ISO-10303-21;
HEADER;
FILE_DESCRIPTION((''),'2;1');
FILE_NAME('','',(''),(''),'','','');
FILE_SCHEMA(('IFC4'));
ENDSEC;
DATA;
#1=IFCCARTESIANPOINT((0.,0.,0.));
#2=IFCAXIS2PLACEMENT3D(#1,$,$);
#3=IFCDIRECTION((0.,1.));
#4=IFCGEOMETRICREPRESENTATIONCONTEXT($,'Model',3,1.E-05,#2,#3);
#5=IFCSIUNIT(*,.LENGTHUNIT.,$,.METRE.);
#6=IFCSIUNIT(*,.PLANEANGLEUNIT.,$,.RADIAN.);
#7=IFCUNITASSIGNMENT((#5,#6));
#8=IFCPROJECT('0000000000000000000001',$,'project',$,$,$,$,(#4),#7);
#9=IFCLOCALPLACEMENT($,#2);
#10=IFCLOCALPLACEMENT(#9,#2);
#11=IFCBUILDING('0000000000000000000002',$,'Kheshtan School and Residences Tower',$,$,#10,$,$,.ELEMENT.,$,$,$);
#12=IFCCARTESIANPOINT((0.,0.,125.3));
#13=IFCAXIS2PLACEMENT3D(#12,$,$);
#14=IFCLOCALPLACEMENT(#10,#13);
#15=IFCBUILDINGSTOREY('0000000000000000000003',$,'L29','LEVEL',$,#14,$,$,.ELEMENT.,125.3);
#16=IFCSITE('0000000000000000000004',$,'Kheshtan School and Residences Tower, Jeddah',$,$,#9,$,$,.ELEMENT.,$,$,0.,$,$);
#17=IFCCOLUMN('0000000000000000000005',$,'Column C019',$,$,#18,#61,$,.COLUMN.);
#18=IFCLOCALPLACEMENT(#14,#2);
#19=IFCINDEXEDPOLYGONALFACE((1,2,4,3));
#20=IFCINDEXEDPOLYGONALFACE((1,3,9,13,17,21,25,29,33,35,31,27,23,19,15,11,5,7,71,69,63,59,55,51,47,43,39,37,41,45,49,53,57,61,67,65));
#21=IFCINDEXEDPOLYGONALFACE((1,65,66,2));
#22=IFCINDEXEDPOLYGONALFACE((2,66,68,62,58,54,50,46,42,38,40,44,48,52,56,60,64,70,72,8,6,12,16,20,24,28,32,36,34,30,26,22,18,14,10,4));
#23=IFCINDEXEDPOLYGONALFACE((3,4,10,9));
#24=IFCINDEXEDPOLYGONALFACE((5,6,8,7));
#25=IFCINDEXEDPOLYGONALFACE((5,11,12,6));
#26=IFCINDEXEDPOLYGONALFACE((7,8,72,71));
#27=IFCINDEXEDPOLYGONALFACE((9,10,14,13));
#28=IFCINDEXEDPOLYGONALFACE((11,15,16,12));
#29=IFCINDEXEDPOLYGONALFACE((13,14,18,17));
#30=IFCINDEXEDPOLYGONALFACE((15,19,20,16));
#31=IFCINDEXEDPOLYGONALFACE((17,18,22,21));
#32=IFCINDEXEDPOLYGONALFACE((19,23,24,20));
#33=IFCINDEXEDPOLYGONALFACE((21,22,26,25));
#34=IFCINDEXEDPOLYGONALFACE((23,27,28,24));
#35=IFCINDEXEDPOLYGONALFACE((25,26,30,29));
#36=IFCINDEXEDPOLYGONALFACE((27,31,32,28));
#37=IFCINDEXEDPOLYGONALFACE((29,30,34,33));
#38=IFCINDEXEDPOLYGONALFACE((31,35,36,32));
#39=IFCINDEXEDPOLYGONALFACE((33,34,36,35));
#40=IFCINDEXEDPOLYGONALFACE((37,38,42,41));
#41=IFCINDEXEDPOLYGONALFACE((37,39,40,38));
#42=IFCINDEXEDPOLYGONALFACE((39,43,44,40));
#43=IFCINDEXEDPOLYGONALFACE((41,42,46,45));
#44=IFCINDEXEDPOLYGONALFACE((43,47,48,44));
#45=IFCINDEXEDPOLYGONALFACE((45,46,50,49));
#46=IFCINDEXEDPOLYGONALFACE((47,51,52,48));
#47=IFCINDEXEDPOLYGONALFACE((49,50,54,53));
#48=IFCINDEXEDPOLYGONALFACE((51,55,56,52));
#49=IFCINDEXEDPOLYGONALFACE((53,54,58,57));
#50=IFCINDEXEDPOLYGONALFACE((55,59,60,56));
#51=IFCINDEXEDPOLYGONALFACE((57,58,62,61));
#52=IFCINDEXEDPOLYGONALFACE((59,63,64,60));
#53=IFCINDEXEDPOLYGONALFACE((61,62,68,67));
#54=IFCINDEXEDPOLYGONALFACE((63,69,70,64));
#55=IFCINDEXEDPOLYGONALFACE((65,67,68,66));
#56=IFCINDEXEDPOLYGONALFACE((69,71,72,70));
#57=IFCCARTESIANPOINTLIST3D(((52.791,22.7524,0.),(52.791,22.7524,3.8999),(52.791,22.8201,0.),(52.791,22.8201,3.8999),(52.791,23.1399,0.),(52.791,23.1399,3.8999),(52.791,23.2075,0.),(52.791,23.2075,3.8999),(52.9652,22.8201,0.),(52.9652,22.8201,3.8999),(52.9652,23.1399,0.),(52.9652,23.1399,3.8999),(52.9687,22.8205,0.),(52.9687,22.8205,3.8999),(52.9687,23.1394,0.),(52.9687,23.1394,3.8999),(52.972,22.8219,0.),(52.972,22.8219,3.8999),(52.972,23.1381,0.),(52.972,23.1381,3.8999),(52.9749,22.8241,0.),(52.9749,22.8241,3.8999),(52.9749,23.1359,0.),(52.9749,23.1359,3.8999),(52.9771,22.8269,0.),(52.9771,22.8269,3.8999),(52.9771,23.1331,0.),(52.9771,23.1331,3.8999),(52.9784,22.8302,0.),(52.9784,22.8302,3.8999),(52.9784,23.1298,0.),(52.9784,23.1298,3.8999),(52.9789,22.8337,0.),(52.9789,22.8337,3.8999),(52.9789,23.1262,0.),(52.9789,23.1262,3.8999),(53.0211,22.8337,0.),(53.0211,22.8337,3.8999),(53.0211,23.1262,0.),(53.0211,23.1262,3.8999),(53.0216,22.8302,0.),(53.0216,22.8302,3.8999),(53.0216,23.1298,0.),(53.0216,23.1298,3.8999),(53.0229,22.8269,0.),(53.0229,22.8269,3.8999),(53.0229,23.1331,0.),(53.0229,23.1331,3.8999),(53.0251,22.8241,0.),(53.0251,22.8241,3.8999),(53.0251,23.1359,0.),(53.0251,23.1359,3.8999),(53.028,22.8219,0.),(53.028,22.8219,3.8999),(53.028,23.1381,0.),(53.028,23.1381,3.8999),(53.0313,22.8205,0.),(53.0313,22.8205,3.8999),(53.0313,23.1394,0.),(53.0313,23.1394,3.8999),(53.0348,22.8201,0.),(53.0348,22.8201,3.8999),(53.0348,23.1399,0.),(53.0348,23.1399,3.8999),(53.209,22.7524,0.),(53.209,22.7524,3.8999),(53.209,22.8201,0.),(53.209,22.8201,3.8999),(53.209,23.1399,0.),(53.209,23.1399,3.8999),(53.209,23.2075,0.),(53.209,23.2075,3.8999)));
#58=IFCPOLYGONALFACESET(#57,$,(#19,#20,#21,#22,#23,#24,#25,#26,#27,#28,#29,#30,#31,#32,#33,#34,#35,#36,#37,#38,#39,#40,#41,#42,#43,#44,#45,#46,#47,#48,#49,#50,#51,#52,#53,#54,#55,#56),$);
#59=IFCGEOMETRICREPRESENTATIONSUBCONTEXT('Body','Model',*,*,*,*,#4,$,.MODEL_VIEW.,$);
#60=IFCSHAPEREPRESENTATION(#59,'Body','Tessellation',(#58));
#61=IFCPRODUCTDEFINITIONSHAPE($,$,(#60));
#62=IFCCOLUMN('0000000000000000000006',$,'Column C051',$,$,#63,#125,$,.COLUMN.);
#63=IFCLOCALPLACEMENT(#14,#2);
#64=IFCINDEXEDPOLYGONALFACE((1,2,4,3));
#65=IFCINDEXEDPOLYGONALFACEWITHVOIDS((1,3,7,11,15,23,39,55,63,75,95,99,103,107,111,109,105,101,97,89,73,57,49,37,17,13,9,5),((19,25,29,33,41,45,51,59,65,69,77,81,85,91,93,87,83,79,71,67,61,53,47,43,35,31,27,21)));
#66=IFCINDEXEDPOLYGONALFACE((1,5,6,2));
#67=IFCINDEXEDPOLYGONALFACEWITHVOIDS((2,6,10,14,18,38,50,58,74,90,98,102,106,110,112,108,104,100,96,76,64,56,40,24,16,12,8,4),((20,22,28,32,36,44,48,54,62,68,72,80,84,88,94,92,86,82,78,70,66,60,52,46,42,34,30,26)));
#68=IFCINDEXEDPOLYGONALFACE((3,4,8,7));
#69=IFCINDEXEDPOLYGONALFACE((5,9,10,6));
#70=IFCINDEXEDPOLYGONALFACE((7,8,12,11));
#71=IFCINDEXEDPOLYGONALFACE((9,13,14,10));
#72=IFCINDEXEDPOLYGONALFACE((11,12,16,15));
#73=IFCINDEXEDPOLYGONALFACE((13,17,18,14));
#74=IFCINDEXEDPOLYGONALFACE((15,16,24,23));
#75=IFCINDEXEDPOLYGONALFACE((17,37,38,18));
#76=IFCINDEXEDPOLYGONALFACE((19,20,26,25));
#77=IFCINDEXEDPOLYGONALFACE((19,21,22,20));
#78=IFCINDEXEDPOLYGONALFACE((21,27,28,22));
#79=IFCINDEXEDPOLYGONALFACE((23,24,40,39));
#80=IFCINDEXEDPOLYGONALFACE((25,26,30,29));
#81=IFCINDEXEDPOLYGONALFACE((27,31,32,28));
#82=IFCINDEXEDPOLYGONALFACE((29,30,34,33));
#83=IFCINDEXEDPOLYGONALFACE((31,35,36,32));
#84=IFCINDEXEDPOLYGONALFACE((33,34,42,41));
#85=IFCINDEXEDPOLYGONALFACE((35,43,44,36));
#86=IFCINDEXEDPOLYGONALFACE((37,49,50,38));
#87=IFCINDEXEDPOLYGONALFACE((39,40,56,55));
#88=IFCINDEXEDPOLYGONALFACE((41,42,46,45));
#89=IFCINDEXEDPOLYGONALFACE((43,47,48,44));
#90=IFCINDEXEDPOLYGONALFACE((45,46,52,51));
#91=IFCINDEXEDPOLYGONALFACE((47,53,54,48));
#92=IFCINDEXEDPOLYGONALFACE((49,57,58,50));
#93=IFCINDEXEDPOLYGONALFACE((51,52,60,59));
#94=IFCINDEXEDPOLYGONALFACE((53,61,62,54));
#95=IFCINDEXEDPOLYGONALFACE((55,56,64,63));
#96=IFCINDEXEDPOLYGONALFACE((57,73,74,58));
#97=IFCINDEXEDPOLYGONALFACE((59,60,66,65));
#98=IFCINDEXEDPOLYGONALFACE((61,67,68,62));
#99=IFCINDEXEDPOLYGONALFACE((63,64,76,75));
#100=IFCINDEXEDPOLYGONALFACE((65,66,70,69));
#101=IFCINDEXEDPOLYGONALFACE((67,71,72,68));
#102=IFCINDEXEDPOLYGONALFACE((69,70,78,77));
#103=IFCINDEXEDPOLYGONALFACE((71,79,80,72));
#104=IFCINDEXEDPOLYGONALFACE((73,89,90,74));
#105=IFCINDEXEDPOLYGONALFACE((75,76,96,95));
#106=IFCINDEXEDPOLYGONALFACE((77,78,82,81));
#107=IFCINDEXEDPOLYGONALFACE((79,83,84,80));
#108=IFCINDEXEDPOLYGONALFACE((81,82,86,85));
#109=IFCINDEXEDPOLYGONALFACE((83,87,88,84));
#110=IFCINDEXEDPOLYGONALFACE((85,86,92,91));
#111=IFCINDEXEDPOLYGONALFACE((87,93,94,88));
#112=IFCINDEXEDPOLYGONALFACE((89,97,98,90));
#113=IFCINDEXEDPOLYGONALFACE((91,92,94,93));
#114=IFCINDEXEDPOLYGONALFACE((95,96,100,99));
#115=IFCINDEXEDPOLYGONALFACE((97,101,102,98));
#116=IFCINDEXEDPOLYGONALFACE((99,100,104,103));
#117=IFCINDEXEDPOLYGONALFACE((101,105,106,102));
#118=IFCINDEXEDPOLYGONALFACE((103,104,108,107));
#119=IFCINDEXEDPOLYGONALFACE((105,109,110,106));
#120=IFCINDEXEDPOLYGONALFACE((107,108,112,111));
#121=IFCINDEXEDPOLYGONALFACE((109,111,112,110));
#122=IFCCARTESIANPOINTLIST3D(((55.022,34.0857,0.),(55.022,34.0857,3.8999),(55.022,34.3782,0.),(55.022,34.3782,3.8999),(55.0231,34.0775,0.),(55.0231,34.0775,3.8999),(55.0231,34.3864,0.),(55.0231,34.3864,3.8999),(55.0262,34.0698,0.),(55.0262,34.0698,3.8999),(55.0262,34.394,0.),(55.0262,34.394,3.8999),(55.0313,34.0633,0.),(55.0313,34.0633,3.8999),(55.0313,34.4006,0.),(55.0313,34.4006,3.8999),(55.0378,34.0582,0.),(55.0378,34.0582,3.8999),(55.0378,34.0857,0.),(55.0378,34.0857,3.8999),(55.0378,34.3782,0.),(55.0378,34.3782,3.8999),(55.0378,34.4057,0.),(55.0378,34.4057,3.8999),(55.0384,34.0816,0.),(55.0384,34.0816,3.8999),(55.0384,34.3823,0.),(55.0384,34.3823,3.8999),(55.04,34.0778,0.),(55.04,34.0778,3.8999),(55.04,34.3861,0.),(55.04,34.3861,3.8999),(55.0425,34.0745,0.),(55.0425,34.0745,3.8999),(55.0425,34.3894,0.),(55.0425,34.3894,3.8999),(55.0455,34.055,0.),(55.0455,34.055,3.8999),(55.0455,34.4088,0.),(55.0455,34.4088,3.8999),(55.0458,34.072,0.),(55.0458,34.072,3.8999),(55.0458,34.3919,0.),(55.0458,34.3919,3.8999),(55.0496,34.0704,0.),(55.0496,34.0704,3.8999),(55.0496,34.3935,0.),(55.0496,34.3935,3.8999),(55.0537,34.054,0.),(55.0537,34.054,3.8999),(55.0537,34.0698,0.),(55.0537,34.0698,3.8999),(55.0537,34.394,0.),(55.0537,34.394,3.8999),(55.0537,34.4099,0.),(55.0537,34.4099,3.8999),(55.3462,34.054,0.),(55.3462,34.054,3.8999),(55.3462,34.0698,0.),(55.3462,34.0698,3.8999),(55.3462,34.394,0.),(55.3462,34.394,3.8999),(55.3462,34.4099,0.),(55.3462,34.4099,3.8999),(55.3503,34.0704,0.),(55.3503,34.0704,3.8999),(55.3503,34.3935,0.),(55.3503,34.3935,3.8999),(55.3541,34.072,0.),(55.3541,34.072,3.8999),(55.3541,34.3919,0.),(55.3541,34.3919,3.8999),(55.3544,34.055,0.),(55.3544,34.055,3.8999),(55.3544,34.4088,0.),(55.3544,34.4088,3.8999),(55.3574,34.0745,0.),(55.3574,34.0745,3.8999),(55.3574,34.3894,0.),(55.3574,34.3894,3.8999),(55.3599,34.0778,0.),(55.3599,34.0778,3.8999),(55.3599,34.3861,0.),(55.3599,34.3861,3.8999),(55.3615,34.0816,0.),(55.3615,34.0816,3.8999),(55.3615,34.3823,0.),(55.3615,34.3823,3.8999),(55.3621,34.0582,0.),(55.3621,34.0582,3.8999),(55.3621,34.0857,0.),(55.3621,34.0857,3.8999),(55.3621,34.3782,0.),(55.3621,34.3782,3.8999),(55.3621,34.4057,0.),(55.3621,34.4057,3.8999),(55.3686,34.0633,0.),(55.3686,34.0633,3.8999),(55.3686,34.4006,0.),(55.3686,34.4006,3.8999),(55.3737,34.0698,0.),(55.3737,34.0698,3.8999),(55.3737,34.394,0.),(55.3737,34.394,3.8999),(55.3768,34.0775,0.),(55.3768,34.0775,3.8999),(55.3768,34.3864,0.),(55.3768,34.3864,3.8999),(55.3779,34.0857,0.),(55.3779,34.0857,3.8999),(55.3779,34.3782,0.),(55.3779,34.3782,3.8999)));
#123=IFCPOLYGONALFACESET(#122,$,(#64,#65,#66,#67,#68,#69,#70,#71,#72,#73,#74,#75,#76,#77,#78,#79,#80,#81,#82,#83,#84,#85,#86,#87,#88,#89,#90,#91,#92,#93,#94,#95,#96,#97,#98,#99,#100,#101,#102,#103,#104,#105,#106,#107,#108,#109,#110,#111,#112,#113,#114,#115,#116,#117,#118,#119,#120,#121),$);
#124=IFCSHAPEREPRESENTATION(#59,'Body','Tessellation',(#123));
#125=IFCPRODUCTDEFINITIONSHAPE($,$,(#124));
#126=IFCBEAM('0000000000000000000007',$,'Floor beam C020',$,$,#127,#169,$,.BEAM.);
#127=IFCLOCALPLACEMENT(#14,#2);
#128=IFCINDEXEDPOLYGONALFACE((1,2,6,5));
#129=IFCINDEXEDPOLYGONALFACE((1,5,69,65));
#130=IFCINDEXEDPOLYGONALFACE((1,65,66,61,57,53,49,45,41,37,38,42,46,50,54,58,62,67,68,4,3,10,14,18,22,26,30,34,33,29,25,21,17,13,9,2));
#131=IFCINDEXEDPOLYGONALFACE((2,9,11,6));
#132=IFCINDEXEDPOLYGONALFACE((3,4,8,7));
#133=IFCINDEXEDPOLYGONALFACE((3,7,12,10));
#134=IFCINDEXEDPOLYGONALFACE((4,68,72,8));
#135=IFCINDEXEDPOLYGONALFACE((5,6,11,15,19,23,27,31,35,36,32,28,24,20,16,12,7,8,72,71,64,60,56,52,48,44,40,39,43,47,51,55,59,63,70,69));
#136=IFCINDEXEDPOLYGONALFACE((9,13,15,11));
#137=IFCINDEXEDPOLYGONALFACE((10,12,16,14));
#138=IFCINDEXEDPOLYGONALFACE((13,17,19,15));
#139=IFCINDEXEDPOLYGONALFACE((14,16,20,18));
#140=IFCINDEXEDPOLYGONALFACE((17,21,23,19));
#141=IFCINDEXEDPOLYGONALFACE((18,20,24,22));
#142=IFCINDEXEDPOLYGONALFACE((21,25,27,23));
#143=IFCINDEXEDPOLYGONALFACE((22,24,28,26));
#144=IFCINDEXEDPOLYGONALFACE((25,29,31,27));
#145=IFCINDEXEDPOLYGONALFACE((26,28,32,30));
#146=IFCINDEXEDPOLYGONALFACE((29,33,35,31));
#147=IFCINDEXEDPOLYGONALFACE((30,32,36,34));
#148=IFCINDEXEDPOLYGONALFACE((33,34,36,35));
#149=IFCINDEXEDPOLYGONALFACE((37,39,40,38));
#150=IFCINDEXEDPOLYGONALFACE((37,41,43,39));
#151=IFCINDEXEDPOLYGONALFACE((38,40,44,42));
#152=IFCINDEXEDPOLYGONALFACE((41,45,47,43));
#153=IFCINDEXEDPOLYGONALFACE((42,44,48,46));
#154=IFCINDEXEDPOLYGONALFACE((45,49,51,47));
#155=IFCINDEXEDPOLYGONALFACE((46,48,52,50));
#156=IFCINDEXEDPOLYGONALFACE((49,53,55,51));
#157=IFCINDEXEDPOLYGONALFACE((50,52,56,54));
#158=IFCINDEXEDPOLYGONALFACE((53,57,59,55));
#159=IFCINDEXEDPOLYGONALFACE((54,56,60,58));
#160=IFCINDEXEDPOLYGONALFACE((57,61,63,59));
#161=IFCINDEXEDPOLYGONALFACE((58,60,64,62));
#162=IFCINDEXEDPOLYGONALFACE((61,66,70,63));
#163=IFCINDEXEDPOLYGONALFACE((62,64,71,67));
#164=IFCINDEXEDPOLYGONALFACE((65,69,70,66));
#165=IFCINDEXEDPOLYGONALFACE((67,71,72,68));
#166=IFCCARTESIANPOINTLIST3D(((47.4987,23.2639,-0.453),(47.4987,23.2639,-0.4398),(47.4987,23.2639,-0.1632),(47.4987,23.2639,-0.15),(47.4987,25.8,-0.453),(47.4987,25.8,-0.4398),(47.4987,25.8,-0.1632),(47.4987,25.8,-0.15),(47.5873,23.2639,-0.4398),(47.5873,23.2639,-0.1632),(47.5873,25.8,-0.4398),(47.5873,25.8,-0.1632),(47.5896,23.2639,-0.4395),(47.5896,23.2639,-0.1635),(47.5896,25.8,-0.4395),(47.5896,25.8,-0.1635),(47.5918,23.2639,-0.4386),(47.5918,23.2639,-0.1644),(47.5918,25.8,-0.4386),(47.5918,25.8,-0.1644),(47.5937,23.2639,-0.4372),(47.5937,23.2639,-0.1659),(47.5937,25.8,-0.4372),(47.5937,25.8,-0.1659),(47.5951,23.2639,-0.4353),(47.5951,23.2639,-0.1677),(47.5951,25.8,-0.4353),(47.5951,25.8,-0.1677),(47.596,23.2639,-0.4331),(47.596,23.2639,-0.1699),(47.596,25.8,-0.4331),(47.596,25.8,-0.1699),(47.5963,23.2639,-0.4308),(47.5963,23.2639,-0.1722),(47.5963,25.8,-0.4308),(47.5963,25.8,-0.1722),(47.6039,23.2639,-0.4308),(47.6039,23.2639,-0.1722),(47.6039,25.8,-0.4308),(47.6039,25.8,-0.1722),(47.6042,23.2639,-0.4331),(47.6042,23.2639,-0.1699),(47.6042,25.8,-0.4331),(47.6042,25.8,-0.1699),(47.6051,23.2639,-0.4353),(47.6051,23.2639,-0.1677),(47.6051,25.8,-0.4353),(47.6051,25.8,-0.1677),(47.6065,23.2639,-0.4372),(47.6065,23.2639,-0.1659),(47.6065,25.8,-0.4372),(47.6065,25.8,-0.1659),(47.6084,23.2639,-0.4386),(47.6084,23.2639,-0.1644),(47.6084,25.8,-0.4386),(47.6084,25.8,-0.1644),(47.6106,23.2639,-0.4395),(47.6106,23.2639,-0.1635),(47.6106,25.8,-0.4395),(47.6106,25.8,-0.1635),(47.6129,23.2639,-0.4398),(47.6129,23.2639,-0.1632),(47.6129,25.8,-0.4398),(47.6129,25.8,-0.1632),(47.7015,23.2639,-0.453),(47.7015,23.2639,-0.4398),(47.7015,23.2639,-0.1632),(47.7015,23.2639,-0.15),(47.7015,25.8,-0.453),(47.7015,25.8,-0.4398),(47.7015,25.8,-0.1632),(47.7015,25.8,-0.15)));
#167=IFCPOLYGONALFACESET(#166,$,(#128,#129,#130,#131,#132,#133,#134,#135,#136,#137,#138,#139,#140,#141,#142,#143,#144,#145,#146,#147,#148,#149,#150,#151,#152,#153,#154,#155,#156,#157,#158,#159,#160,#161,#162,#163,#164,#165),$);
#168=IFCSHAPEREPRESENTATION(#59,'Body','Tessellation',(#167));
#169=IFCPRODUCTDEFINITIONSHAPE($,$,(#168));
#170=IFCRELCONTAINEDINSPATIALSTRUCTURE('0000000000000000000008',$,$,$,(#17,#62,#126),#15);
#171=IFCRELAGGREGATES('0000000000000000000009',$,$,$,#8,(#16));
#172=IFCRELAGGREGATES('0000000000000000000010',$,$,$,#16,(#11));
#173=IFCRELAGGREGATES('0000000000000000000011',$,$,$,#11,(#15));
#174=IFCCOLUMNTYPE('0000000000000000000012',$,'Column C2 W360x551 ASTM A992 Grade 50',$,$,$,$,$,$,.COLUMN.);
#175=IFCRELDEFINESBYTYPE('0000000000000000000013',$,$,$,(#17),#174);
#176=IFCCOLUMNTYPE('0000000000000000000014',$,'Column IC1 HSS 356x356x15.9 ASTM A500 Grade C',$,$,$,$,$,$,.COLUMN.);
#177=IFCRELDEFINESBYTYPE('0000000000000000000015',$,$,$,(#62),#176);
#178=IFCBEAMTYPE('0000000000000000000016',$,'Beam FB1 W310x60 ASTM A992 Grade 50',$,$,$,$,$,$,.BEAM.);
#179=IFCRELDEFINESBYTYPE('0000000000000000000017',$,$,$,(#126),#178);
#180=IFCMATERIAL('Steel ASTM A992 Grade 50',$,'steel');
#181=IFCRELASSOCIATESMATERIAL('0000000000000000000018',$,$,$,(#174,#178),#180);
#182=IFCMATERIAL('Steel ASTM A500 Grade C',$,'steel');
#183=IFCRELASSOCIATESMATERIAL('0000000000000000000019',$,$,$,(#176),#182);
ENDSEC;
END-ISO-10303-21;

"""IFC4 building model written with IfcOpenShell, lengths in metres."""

from ifc_helpers import new_model, si_unit, direction, frame, origin, origin_2d, place, context, subcontext, project, spatial, hollow_rectangle, i_section, extrude, material, material_profile, profile_set, type_object, element, save


model = new_model("IFC4")

# Units and contexts
model_context = context("Model", 3, precision=1e-05, world=origin(), true_north=direction((0.0, 1.0)))
body_context = subcontext(model_context, "Body", "Model", "MODEL_VIEW")
ifc_project = project(units=[si_unit("LENGTHUNIT", "METRE"), si_unit("PLANEANGLEUNIT", "RADIAN")], contexts=[model_context])

# Site, building, storey
site_placement = place(None, origin())
site = spatial("IfcSite", under=ifc_project, at=site_placement, Name="Kheshtan School and Residences Tower, Jeddah", CompositionType="ELEMENT", RefElevation=0.0)
building_placement = place(site_placement, origin())
building = spatial("IfcBuilding", under=site, at=building_placement, Name="Kheshtan School and Residences Tower", CompositionType="ELEMENT")
storey_placement = place(building_placement, frame((0.0, 0.0, 125.3)))
storey = spatial("IfcBuildingStorey", under=building, at=storey_placement, Name="L29", Description="LEVEL", CompositionType="ELEMENT", Elevation=125.3)

# Columns
ifc_material_1 = material(Name="Steel ASTM A992 Grade 50", Category="steel")
ifc_material_profile_1 = material_profile(ifc_material_1, i_section(OverallWidth=0.418, OverallDepth=0.4551, WebThickness=0.0422, FlangeThickness=0.0676, FilletRadius=0.0137, at=origin_2d()), Name="W360x551")
ifc_profile_set_1 = profile_set([ifc_material_profile_1], Name="Steel ASTM A992 Grade 50")
column_type_1 = type_object("IfcColumnType", Name="Column C2 W360x551 ASTM A992 Grade 50", PredefinedType="COLUMN", material=ifc_profile_set_1)
column_1_placement = place(storey_placement, frame((53.0, 22.98, 0.0), z_axis=(0.0, 0.0, 1.0), x_axis=(1.0, 0.0, 0.0)))
element("IfcColumn", 1, at=column_1_placement, inside=storey, type_object=column_type_1, Name="Column C019", PredefinedType="COLUMN", context=body_context, shape_type="SweptSolid", body=[
    extrude(i_section(OverallWidth=0.418, OverallDepth=0.4551, WebThickness=0.0422, FlangeThickness=0.0676, FilletRadius=0.0137, at=origin_2d()), origin(), (0.0, 0.0, 1.0), 3.8999),
])
ifc_material_2 = material(Name="Steel ASTM A500 Grade C", Category="steel")
ifc_material_profile_2 = material_profile(ifc_material_2, hollow_rectangle(XDim=0.356, YDim=0.356, WallThickness=0.0159, InnerFilletRadius=0.0159, OuterFilletRadius=0.0317, at=origin_2d()), Name="HSS 356x356x15.9")
ifc_profile_set_2 = profile_set([ifc_material_profile_2], Name="Steel ASTM A500 Grade C")
column_type_2 = type_object("IfcColumnType", Name="Column IC1 HSS 356x356x15.9 ASTM A500 Grade C", PredefinedType="COLUMN", material=ifc_profile_set_2)
column_2_placement = place(storey_placement, frame((55.2, 34.2319, 0.0), z_axis=(0.0, 0.0, 1.0), x_axis=(1.0, 0.0, 0.0)))
element("IfcColumn", 2, at=column_2_placement, inside=storey, type_object=column_type_2, Name="Column C051", PredefinedType="COLUMN", context=body_context, shape_type="SweptSolid", body=[
    extrude(hollow_rectangle(XDim=0.356, YDim=0.356, WallThickness=0.0159, InnerFilletRadius=0.0159, OuterFilletRadius=0.0317, at=origin_2d()), origin(), (0.0, 0.0, 1.0), 3.8999),
])

# Beam
ifc_material_profile_3 = material_profile(ifc_material_1, i_section(OverallWidth=0.2029, OverallDepth=0.303, WebThickness=0.0076, FlangeThickness=0.0132, FilletRadius=0.009, at=origin_2d()), Name="W310x60")
ifc_profile_set_3 = profile_set([ifc_material_profile_3], Name="Steel ASTM A992 Grade 50")
beam_type_1 = type_object("IfcBeamType", Name="Beam FB1 W310x60 ASTM A992 Grade 50", PredefinedType="BEAM", material=ifc_profile_set_3)
beam_1_placement = place(storey_placement, frame((47.6001, 23.2639, -0.3015), z_axis=(0.0, 1.0, 0.0), x_axis=(-1.0, 0.0, 0.0)))
element("IfcBeam", 3, at=beam_1_placement, inside=storey, type_object=beam_type_1, Name="Floor beam C020", PredefinedType="BEAM", context=body_context, shape_type="SweptSolid", body=[
    extrude(i_section(OverallWidth=0.2029, OverallDepth=0.303, WebThickness=0.0076, FlangeThickness=0.0132, FilletRadius=0.009, at=origin_2d()), origin(), (0.0, 0.0, 1.0), 2.5361),
])

save(model, "model.ifc")
